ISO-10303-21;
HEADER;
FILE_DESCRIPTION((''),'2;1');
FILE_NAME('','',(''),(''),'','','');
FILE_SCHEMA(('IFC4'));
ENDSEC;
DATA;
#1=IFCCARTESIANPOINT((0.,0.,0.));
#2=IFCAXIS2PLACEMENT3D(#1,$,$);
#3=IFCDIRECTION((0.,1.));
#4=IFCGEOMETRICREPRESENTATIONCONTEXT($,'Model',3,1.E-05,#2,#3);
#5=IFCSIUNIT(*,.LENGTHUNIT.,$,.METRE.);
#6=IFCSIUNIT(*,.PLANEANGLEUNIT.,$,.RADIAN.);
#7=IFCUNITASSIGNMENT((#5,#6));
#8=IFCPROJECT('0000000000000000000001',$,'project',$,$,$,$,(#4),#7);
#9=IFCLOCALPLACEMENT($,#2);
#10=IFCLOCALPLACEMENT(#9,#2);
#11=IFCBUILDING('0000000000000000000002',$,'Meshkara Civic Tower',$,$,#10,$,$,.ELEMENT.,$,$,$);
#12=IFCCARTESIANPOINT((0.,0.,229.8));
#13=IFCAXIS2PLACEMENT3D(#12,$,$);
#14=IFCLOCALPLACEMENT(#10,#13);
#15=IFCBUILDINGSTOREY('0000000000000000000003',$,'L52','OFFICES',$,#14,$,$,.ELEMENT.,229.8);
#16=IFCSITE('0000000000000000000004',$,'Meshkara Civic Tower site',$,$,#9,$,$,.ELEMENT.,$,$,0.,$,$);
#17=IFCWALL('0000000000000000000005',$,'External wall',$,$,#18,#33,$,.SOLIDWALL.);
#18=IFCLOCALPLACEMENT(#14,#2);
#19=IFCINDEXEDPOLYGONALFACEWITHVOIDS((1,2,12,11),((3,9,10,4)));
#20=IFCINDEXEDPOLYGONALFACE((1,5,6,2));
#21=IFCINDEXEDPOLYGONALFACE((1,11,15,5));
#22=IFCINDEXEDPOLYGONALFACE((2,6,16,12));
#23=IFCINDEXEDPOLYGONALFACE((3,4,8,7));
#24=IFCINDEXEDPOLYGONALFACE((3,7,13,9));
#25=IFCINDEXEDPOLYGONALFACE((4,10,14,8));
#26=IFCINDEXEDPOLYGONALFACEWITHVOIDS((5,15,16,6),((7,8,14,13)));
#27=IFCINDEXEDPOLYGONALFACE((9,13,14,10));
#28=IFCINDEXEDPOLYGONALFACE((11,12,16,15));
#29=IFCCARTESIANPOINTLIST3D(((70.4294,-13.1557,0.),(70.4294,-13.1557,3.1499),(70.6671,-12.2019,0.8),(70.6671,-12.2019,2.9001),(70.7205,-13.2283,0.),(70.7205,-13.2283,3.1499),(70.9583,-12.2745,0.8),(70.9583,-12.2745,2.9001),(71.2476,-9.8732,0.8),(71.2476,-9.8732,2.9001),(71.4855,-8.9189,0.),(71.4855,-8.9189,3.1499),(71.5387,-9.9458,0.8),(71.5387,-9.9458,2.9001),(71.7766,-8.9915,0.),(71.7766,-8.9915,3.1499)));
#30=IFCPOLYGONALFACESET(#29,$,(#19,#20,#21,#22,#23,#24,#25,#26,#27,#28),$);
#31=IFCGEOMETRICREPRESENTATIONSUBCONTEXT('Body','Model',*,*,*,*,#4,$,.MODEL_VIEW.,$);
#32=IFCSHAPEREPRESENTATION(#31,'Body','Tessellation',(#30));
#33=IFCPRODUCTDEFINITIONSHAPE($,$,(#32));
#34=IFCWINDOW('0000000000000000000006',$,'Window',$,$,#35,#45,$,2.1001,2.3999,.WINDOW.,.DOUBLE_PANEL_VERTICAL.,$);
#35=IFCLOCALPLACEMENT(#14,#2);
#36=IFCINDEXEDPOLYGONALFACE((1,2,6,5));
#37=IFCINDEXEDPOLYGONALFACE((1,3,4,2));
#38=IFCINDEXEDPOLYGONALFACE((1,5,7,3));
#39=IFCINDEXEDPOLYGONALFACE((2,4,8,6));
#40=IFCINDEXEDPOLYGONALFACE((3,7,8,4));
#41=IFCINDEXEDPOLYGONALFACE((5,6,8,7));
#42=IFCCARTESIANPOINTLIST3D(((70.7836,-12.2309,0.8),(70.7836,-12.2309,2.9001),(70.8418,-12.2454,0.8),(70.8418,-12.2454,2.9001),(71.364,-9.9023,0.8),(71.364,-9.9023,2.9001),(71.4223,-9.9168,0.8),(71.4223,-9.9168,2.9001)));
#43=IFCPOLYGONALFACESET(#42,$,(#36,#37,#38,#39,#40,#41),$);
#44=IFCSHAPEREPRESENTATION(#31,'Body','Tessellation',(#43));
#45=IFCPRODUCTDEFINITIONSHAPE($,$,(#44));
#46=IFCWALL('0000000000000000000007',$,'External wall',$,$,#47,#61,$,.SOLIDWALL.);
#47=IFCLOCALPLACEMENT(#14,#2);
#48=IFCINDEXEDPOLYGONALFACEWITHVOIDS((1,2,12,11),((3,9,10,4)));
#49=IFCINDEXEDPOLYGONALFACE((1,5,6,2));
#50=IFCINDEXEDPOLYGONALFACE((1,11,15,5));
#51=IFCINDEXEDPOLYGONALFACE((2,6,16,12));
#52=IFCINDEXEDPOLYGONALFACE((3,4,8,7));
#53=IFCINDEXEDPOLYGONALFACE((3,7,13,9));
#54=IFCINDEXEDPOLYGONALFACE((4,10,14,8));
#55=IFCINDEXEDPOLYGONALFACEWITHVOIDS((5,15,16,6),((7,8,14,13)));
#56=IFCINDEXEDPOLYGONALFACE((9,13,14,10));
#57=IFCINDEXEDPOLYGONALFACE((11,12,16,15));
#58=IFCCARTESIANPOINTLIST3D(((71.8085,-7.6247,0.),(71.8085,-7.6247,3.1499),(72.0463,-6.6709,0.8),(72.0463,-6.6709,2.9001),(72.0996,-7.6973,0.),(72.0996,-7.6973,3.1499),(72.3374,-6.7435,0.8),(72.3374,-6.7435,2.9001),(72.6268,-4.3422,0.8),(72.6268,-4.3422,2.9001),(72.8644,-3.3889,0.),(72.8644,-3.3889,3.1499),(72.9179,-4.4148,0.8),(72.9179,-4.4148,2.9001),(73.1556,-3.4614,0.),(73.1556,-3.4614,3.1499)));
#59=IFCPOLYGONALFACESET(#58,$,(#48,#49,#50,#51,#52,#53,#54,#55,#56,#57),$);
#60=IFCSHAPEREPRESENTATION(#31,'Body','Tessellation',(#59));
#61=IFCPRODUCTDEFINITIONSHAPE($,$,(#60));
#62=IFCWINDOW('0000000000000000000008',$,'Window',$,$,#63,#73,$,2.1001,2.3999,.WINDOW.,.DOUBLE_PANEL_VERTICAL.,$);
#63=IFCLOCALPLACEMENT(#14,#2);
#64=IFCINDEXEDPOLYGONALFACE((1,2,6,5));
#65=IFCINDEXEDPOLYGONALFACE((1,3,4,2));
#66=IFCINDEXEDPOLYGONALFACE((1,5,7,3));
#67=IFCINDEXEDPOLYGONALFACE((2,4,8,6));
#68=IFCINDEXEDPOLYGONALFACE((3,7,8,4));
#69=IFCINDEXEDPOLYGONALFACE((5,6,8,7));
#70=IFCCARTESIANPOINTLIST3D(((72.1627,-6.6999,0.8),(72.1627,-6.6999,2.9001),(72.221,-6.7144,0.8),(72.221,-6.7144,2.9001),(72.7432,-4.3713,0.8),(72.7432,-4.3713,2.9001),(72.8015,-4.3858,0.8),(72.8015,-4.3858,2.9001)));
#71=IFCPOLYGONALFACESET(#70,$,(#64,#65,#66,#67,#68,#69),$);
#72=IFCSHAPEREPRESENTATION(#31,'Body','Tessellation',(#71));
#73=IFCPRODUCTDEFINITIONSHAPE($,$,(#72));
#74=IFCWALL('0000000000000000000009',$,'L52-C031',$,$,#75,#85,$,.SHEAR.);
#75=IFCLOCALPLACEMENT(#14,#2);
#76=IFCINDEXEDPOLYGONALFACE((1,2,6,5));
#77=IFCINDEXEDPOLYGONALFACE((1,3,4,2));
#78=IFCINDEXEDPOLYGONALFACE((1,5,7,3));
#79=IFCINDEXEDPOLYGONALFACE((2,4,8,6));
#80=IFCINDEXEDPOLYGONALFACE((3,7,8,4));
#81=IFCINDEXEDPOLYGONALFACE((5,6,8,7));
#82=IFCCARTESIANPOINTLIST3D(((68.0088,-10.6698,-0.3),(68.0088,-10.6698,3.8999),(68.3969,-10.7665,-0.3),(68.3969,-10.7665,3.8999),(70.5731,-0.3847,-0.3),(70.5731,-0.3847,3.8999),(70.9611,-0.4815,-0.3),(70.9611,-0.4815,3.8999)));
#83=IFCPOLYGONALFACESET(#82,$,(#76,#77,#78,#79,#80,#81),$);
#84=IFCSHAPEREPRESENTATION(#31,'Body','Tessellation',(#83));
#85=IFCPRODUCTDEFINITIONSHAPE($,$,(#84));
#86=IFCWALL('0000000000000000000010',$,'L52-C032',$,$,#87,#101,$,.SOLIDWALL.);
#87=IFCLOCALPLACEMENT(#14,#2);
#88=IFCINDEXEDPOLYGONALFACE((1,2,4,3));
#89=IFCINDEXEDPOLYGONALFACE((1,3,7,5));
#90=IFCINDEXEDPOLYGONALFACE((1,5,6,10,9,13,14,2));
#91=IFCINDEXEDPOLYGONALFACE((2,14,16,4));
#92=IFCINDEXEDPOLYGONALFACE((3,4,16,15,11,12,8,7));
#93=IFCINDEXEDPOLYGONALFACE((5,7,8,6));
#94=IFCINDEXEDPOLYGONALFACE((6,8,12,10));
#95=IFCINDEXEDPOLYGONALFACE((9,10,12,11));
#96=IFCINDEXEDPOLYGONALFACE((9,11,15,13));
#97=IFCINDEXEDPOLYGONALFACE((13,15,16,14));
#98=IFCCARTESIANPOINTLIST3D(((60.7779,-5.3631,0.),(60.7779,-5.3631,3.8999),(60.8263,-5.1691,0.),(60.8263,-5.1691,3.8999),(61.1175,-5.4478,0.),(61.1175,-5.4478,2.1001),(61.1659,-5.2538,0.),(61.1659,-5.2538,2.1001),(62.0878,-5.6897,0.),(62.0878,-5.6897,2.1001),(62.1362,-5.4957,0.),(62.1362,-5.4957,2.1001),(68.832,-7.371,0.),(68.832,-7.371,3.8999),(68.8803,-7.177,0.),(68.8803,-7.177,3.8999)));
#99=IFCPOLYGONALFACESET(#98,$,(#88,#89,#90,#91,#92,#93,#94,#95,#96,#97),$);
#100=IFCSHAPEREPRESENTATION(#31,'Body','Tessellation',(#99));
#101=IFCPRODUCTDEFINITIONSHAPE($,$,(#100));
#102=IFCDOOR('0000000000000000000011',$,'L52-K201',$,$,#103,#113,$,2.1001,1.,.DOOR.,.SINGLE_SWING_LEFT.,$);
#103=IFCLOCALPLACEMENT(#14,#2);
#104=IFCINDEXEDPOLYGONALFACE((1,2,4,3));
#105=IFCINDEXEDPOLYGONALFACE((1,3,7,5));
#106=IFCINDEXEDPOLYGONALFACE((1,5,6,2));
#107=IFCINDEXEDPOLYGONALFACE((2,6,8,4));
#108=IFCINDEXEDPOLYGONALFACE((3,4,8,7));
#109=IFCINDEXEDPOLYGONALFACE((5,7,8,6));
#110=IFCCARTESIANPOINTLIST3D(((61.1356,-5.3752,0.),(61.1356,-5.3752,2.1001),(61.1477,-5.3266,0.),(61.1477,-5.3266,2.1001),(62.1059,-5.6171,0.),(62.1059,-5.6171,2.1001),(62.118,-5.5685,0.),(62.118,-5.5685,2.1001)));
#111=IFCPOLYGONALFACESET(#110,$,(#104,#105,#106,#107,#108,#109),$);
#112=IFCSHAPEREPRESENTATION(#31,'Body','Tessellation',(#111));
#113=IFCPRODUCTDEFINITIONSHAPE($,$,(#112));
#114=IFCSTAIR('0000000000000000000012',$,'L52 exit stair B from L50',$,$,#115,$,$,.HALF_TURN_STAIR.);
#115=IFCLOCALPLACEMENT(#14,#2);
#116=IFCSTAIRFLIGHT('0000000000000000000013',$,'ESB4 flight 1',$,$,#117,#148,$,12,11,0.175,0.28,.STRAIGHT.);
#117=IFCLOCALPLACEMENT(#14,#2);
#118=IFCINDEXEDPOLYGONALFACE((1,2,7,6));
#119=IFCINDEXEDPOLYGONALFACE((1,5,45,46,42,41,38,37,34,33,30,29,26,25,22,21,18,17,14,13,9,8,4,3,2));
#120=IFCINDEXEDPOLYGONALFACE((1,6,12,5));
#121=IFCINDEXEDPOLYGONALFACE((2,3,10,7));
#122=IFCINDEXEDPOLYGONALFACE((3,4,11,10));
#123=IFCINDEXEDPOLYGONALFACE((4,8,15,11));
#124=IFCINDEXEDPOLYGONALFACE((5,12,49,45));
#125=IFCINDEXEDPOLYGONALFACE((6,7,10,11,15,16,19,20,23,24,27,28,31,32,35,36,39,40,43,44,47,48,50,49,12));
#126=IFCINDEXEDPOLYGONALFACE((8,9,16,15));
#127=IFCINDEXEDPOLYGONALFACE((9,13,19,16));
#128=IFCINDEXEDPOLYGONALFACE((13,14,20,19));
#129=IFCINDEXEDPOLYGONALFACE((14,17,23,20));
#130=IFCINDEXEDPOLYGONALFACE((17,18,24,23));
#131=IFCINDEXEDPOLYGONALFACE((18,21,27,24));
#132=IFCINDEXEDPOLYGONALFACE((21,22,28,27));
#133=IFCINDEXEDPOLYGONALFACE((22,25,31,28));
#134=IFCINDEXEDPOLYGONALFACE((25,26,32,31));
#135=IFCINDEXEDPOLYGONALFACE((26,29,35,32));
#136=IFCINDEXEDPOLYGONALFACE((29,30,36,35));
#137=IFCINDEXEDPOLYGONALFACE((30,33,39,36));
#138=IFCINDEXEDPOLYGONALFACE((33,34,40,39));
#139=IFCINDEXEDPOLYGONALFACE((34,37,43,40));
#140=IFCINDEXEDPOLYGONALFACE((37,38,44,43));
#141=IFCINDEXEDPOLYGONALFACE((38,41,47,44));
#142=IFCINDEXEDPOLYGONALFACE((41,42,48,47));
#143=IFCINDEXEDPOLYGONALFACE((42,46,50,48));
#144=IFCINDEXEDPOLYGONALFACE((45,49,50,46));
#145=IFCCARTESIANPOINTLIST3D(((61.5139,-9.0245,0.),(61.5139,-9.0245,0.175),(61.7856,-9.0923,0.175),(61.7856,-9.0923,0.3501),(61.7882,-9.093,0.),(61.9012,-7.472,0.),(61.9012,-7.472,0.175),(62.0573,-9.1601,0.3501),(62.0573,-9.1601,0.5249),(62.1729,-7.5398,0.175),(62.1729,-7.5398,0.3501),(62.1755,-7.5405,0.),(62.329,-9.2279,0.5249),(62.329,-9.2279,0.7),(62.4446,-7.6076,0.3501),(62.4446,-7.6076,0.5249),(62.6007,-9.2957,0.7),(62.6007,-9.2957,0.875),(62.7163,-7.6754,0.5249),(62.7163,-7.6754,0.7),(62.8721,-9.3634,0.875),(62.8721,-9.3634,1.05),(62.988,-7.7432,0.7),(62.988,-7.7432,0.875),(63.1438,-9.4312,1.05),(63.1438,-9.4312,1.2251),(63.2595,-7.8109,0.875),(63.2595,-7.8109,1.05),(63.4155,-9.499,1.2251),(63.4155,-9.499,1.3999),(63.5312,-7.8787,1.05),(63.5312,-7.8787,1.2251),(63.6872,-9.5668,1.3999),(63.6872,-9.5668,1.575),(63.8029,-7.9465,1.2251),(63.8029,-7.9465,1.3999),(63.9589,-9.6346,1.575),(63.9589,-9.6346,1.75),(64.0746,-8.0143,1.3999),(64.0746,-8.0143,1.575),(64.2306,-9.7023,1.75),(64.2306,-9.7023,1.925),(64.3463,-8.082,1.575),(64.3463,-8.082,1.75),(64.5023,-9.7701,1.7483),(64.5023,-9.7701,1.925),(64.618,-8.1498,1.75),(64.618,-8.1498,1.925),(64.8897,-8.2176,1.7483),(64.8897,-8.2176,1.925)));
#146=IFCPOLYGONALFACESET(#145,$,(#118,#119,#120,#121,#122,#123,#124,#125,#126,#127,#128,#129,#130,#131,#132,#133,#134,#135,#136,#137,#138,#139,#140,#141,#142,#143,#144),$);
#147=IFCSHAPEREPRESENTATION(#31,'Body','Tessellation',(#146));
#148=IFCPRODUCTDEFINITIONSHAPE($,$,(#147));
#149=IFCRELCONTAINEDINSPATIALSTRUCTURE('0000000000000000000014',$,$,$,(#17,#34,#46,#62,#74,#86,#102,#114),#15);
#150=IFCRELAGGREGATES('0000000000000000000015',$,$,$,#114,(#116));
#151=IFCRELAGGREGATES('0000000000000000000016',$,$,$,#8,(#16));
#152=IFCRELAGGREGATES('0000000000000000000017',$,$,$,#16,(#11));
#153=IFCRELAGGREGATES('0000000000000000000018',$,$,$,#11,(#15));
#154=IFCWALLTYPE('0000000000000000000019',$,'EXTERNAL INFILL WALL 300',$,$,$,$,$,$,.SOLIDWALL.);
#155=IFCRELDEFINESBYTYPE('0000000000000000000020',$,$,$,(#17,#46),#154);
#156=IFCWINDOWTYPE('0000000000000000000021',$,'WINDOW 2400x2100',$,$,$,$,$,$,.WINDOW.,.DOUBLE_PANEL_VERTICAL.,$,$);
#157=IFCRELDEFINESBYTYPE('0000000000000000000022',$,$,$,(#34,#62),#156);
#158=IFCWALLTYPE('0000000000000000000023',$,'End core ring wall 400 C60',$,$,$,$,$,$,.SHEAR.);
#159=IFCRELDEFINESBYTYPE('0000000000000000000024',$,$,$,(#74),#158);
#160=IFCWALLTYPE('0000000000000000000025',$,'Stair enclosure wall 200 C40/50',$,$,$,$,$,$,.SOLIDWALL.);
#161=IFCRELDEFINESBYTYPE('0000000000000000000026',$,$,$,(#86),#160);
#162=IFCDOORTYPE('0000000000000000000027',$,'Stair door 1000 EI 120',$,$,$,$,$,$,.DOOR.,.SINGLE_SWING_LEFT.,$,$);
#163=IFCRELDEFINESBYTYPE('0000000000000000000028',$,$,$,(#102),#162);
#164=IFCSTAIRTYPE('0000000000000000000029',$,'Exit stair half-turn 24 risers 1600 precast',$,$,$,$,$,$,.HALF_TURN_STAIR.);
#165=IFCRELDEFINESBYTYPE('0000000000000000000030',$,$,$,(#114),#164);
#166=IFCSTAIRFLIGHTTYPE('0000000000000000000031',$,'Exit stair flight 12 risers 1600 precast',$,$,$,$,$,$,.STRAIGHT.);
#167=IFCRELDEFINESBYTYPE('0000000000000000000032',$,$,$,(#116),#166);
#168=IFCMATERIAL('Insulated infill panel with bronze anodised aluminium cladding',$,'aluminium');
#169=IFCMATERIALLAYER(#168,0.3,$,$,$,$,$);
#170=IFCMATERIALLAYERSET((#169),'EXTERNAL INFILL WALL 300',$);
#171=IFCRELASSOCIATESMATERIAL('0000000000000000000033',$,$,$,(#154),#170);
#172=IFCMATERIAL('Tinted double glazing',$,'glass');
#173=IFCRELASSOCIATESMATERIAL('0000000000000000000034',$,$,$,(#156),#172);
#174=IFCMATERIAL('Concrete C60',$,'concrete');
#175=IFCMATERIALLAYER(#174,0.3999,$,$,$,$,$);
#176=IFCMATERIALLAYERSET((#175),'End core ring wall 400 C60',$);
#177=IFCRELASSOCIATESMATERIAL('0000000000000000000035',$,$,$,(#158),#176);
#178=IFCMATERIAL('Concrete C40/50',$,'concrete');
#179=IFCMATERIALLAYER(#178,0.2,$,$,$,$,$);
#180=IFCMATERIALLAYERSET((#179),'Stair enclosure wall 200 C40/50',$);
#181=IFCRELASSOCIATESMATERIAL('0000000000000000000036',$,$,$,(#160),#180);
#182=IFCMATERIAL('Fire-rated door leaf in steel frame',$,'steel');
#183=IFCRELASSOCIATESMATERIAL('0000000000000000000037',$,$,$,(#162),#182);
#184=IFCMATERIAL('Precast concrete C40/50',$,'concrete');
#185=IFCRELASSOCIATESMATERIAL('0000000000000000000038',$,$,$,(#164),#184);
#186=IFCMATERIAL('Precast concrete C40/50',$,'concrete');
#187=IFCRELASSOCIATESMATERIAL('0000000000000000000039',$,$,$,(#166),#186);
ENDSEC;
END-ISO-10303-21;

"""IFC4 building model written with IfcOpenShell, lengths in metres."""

from ifc_helpers import new_model, si_unit, direction, frame, frame_2d, origin, place, context, subcontext, project, spatial, polyline, rectangle, outline, extrude, material, layer, layer_set, type_object, element, fill, aggregate, save


model = new_model("IFC4")

# Units and contexts
model_context = context("Model", 3, precision=1e-05, world=origin(), true_north=direction((0.0, 1.0)))
body_context = subcontext(model_context, "Body", "Model", "MODEL_VIEW")
ifc_project = project(units=[si_unit("LENGTHUNIT", "METRE"), si_unit("PLANEANGLEUNIT", "RADIAN")], contexts=[model_context])

# Site, building, storey
site_placement = place(None, origin())
site = spatial("IfcSite", under=ifc_project, at=site_placement, Name="Meshkara Civic Tower site", CompositionType="ELEMENT", RefElevation=0.0)
building_placement = place(site_placement, origin())
building = spatial("IfcBuilding", under=site, at=building_placement, Name="Meshkara Civic Tower", CompositionType="ELEMENT")
storey_placement = place(building_placement, frame((0.0, 0.0, 229.8)))
storey = spatial("IfcBuildingStorey", under=building, at=storey_placement, Name="L52", Description="OFFICES", CompositionType="ELEMENT", Elevation=229.8)

# Walls, openings, windows
ifc_material_1 = material(Name="Insulated infill panel with bronze anodised aluminium cladding", Category="aluminium")
ifc_layer_1 = layer(ifc_material_1, 0.3)
ifc_layer_set_1 = layer_set([ifc_layer_1], Name="EXTERNAL INFILL WALL 300")
wall_type_1 = type_object("IfcWallType", Name="EXTERNAL INFILL WALL 300", PredefinedType="SOLIDWALL", material=ifc_layer_set_1)
ifc_material_2 = material(Name="Tinted double glazing", Category="glass")
window_type_1 = type_object("IfcWindowType", Name="WINDOW 2400x2100", PartitioningType="DOUBLE_PANEL_VERTICAL", PredefinedType="WINDOW", material=ifc_material_2)
wall_1_placement = place(storey_placement, frame((70.575, -13.1919, 0.0), z_axis=(0.0, 0.0, 1.0), x_axis=(0.241878, 0.970307, 0.0)))
wall_1 = element("IfcWall", 1, at=wall_1_placement, inside=storey, type_object=wall_type_1, Name="External wall", PredefinedType="SOLIDWALL", context=body_context, shape_type="SweptSolid", body=[
    extrude(rectangle(XDim=4.3665, YDim=0.3, at=frame_2d((2.1831, 0.0))), origin(), (0.0, 0.0, 1.0), 3.1499),
])
opening_1_placement = place(wall_1_placement, frame((0.9829, 0.0, 0.8)))
opening_1 = element("IfcOpeningElement", 2, at=opening_1_placement, cuts=wall_1, PredefinedType="OPENING", context=body_context, shape_type="SweptSolid", body=[
    extrude(rectangle(XDim=2.3999, YDim=2.1001, at=frame_2d((1.2, 1.05))), frame((0.0, 0.1599, 0.0), z_axis=(0.0, -1.0, 0.0), x_axis=(1.0, 0.0, 0.0)), (0.0, 0.0, 1.0), 0.3201),
])
window_1_placement = place(opening_1_placement, origin())
window_1 = element("IfcWindow", 3, at=window_1_placement, inside=storey, type_object=window_type_1, Name="Window", OverallHeight=2.1001, OverallWidth=2.3999, PartitioningType="DOUBLE_PANEL_VERTICAL", PredefinedType="WINDOW", context=body_context, shape_type="SweptSolid", body=[
    extrude(rectangle(XDim=2.3999, YDim=2.1001, at=frame_2d((1.2, 1.05))), frame((0.0, 0.03, 0.0), z_axis=(0.0, -1.0, 0.0), x_axis=(1.0, 0.0, 0.0)), (0.0, 0.0, 1.0), 0.0601),
])
fill(opening_1, window_1)
wall_2_placement = place(storey_placement, frame((71.9541, -7.6609, 0.0), z_axis=(0.0, 0.0, 1.0), x_axis=(0.241878, 0.970307, 0.0)))
wall_2 = element("IfcWall", 4, at=wall_2_placement, inside=storey, type_object=wall_type_1, Name="External wall", PredefinedType="SOLIDWALL", context=body_context, shape_type="SweptSolid", body=[
    extrude(rectangle(XDim=4.3655, YDim=0.3, at=frame_2d((2.1826, 0.0))), origin(), (0.0, 0.0, 1.0), 3.1499),
])
opening_2_placement = place(wall_2_placement, frame((0.9829, 0.0, 0.8)))
opening_2 = element("IfcOpeningElement", 5, at=opening_2_placement, cuts=wall_2, PredefinedType="OPENING", context=body_context, shape_type="SweptSolid", body=[
    extrude(rectangle(XDim=2.3999, YDim=2.1001, at=frame_2d((1.2, 1.05))), frame((0.0, 0.1599, 0.0), z_axis=(0.0, -1.0, 0.0), x_axis=(1.0, 0.0, 0.0)), (0.0, 0.0, 1.0), 0.3201),
])
window_2_placement = place(opening_2_placement, origin())
window_2 = element("IfcWindow", 6, at=window_2_placement, inside=storey, type_object=window_type_1, Name="Window", OverallHeight=2.1001, OverallWidth=2.3999, PartitioningType="DOUBLE_PANEL_VERTICAL", PredefinedType="WINDOW", context=body_context, shape_type="SweptSolid", body=[
    extrude(rectangle(XDim=2.3999, YDim=2.1001, at=frame_2d((1.2, 1.05))), frame((0.0, 0.03, 0.0), z_axis=(0.0, -1.0, 0.0), x_axis=(1.0, 0.0, 0.0)), (0.0, 0.0, 1.0), 0.0601),
])
fill(opening_2, window_2)

# Wall
ifc_material_3 = material(Name="Concrete C60", Category="concrete")
ifc_layer_2 = layer(ifc_material_3, 0.3999)
ifc_layer_set_2 = layer_set([ifc_layer_2], Name="End core ring wall 400 C60")
wall_type_2 = type_object("IfcWallType", Name="End core ring wall 400 C60", PredefinedType="SHEAR", material=ifc_layer_set_2)
wall_3_placement = place(storey_placement, frame((68.2029, -10.718, -0.3), z_axis=(0.0, 0.0, 1.0), x_axis=(0.241912, 0.970298, 0.0)))
element("IfcWall", 7, at=wall_3_placement, inside=storey, type_object=wall_type_2, Name="L52-C031", PredefinedType="SHEAR", context=body_context, shape_type="SweptSolid", body=[
    extrude(rectangle(XDim=10.5999, YDim=0.3999, at=frame_2d((5.2998, 0.0))), origin(), (0.0, 0.0, 1.0), 4.2),
])

# Wall, opening, door
ifc_material_4 = material(Name="Concrete C40/50", Category="concrete")
ifc_layer_3 = layer(ifc_material_4, 0.2)
ifc_layer_set_3 = layer_set([ifc_layer_3], Name="Stair enclosure wall 200 C40/50")
wall_type_3 = type_object("IfcWallType", Name="Stair enclosure wall 200 C40/50", PredefinedType="SOLIDWALL", material=ifc_layer_set_3)
wall_4_placement = place(storey_placement, frame((60.802, -5.2661, 0.0), z_axis=(0.0, 0.0, 1.0), x_axis=(0.970303, -0.241892, 0.0)))
wall_4 = element("IfcWall", 8, at=wall_4_placement, inside=storey, type_object=wall_type_3, Name="L52-C032", PredefinedType="SOLIDWALL", context=body_context, shape_type="SweptSolid", body=[
    extrude(rectangle(XDim=8.3005, YDim=0.2, at=frame_2d((4.1504, 0.0))), origin(), (0.0, 0.0, 1.0), 3.8999),
])
opening_3_placement = place(wall_4_placement, frame((0.3501, 0.0, 0.0)))
opening_3 = element("IfcOpeningElement", 9, at=opening_3_placement, cuts=wall_4, PredefinedType="OPENING", context=body_context, shape_type="SweptSolid", body=[
    extrude(rectangle(XDim=1.0, YDim=2.1001, at=frame_2d((0.5, 1.05))), frame((0.0, 0.1099, 0.0), z_axis=(0.0, -1.0, 0.0), x_axis=(1.0, 0.0, 0.0)), (0.0, 0.0, 1.0), 0.22),
])
ifc_material_5 = material(Name="Fire-rated door leaf in steel frame", Category="steel")
door_type = type_object("IfcDoorType", Name="Stair door 1000 EI 120", OperationType="SINGLE_SWING_LEFT", PredefinedType="DOOR", material=ifc_material_5)
door_placement = place(opening_3_placement, origin())
door = element("IfcDoor", 10, at=door_placement, inside=storey, type_object=door_type, Name="L52-K201", OperationType="SINGLE_SWING_LEFT", OverallHeight=2.1001, OverallWidth=1.0, PredefinedType="DOOR", context=body_context, shape_type="SweptSolid", body=[
    extrude(rectangle(XDim=1.0, YDim=2.1001, at=frame_2d((0.5, 1.05))), frame((0.0, 0.0249, 0.0), z_axis=(0.0, -1.0, 0.0), x_axis=(1.0, 0.0, 0.0)), (0.0, 0.0, 1.0), 0.05),
])
fill(opening_3, door)

# Stair, stair flight
ifc_material_6 = material(Name="Precast concrete C40/50", Category="concrete")
stair_type = type_object("IfcStairType", Name="Exit stair half-turn 24 risers 1600 precast", PredefinedType="HALF_TURN_STAIR", material=ifc_material_6)
stair_placement = place(storey_placement, origin())
stair = element("IfcStair", 11, at=stair_placement, inside=storey, type_object=stair_type, Name="L52 exit stair B from L50", PredefinedType="HALF_TURN_STAIR")
ifc_material_7 = material(Name="Precast concrete C40/50", Category="concrete")
stair_flight_type = type_object("IfcStairFlightType", Name="Exit stair flight 12 risers 1600 precast", PredefinedType="STRAIGHT", material=ifc_material_7)
stair_flight_1_placement = place(storey_placement, frame((61.7075, -8.2483, 0.0), z_axis=(0.0, 0.0, 1.0), x_axis=(0.97026, -0.242065, 0.0)))
stair_flight_1 = element("IfcStairFlight", 12, at=stair_flight_1_placement, type_object=stair_flight_type, Name="ESB4 flight 1", NumberOfRisers=12, NumberOfTreads=11, PredefinedType="STRAIGHT", RiserHeight=0.175, TreadLength=0.28, context=body_context, shape_type="SweptSolid", body=[
    extrude(outline(polyline([(0.0, 0.0), (0.0, 0.175), (0.28, 0.175), (0.28, 0.3501), (0.5601, 0.3501), (0.5601, 0.5249), (0.8401, 0.5249), (0.8401, 0.7), (1.1201, 0.7), (1.1201, 0.875), (1.3999, 0.875), (1.3999, 1.05), (1.6799, 1.05), (1.6799, 1.2251), (1.96, 1.2251), (1.96, 1.3999), (2.24, 1.3999), (2.24, 1.575), (2.52, 1.575), (2.52, 1.75), (2.8, 1.75), (2.8, 1.925), (3.0801, 1.925), (3.0801, 2.1001), (3.0801, 1.7483), (0.2827, 0.0), (0.0, 0.0)])), frame((0.0, 0.8, 0.0), z_axis=(0.0, -1.0, 0.0), x_axis=(1.0, 0.0, 0.0)), (0.0, 0.0, 1.0), 1.6001),
])
aggregate(stair, [stair_flight_1])

save(model, "model.ifc")
